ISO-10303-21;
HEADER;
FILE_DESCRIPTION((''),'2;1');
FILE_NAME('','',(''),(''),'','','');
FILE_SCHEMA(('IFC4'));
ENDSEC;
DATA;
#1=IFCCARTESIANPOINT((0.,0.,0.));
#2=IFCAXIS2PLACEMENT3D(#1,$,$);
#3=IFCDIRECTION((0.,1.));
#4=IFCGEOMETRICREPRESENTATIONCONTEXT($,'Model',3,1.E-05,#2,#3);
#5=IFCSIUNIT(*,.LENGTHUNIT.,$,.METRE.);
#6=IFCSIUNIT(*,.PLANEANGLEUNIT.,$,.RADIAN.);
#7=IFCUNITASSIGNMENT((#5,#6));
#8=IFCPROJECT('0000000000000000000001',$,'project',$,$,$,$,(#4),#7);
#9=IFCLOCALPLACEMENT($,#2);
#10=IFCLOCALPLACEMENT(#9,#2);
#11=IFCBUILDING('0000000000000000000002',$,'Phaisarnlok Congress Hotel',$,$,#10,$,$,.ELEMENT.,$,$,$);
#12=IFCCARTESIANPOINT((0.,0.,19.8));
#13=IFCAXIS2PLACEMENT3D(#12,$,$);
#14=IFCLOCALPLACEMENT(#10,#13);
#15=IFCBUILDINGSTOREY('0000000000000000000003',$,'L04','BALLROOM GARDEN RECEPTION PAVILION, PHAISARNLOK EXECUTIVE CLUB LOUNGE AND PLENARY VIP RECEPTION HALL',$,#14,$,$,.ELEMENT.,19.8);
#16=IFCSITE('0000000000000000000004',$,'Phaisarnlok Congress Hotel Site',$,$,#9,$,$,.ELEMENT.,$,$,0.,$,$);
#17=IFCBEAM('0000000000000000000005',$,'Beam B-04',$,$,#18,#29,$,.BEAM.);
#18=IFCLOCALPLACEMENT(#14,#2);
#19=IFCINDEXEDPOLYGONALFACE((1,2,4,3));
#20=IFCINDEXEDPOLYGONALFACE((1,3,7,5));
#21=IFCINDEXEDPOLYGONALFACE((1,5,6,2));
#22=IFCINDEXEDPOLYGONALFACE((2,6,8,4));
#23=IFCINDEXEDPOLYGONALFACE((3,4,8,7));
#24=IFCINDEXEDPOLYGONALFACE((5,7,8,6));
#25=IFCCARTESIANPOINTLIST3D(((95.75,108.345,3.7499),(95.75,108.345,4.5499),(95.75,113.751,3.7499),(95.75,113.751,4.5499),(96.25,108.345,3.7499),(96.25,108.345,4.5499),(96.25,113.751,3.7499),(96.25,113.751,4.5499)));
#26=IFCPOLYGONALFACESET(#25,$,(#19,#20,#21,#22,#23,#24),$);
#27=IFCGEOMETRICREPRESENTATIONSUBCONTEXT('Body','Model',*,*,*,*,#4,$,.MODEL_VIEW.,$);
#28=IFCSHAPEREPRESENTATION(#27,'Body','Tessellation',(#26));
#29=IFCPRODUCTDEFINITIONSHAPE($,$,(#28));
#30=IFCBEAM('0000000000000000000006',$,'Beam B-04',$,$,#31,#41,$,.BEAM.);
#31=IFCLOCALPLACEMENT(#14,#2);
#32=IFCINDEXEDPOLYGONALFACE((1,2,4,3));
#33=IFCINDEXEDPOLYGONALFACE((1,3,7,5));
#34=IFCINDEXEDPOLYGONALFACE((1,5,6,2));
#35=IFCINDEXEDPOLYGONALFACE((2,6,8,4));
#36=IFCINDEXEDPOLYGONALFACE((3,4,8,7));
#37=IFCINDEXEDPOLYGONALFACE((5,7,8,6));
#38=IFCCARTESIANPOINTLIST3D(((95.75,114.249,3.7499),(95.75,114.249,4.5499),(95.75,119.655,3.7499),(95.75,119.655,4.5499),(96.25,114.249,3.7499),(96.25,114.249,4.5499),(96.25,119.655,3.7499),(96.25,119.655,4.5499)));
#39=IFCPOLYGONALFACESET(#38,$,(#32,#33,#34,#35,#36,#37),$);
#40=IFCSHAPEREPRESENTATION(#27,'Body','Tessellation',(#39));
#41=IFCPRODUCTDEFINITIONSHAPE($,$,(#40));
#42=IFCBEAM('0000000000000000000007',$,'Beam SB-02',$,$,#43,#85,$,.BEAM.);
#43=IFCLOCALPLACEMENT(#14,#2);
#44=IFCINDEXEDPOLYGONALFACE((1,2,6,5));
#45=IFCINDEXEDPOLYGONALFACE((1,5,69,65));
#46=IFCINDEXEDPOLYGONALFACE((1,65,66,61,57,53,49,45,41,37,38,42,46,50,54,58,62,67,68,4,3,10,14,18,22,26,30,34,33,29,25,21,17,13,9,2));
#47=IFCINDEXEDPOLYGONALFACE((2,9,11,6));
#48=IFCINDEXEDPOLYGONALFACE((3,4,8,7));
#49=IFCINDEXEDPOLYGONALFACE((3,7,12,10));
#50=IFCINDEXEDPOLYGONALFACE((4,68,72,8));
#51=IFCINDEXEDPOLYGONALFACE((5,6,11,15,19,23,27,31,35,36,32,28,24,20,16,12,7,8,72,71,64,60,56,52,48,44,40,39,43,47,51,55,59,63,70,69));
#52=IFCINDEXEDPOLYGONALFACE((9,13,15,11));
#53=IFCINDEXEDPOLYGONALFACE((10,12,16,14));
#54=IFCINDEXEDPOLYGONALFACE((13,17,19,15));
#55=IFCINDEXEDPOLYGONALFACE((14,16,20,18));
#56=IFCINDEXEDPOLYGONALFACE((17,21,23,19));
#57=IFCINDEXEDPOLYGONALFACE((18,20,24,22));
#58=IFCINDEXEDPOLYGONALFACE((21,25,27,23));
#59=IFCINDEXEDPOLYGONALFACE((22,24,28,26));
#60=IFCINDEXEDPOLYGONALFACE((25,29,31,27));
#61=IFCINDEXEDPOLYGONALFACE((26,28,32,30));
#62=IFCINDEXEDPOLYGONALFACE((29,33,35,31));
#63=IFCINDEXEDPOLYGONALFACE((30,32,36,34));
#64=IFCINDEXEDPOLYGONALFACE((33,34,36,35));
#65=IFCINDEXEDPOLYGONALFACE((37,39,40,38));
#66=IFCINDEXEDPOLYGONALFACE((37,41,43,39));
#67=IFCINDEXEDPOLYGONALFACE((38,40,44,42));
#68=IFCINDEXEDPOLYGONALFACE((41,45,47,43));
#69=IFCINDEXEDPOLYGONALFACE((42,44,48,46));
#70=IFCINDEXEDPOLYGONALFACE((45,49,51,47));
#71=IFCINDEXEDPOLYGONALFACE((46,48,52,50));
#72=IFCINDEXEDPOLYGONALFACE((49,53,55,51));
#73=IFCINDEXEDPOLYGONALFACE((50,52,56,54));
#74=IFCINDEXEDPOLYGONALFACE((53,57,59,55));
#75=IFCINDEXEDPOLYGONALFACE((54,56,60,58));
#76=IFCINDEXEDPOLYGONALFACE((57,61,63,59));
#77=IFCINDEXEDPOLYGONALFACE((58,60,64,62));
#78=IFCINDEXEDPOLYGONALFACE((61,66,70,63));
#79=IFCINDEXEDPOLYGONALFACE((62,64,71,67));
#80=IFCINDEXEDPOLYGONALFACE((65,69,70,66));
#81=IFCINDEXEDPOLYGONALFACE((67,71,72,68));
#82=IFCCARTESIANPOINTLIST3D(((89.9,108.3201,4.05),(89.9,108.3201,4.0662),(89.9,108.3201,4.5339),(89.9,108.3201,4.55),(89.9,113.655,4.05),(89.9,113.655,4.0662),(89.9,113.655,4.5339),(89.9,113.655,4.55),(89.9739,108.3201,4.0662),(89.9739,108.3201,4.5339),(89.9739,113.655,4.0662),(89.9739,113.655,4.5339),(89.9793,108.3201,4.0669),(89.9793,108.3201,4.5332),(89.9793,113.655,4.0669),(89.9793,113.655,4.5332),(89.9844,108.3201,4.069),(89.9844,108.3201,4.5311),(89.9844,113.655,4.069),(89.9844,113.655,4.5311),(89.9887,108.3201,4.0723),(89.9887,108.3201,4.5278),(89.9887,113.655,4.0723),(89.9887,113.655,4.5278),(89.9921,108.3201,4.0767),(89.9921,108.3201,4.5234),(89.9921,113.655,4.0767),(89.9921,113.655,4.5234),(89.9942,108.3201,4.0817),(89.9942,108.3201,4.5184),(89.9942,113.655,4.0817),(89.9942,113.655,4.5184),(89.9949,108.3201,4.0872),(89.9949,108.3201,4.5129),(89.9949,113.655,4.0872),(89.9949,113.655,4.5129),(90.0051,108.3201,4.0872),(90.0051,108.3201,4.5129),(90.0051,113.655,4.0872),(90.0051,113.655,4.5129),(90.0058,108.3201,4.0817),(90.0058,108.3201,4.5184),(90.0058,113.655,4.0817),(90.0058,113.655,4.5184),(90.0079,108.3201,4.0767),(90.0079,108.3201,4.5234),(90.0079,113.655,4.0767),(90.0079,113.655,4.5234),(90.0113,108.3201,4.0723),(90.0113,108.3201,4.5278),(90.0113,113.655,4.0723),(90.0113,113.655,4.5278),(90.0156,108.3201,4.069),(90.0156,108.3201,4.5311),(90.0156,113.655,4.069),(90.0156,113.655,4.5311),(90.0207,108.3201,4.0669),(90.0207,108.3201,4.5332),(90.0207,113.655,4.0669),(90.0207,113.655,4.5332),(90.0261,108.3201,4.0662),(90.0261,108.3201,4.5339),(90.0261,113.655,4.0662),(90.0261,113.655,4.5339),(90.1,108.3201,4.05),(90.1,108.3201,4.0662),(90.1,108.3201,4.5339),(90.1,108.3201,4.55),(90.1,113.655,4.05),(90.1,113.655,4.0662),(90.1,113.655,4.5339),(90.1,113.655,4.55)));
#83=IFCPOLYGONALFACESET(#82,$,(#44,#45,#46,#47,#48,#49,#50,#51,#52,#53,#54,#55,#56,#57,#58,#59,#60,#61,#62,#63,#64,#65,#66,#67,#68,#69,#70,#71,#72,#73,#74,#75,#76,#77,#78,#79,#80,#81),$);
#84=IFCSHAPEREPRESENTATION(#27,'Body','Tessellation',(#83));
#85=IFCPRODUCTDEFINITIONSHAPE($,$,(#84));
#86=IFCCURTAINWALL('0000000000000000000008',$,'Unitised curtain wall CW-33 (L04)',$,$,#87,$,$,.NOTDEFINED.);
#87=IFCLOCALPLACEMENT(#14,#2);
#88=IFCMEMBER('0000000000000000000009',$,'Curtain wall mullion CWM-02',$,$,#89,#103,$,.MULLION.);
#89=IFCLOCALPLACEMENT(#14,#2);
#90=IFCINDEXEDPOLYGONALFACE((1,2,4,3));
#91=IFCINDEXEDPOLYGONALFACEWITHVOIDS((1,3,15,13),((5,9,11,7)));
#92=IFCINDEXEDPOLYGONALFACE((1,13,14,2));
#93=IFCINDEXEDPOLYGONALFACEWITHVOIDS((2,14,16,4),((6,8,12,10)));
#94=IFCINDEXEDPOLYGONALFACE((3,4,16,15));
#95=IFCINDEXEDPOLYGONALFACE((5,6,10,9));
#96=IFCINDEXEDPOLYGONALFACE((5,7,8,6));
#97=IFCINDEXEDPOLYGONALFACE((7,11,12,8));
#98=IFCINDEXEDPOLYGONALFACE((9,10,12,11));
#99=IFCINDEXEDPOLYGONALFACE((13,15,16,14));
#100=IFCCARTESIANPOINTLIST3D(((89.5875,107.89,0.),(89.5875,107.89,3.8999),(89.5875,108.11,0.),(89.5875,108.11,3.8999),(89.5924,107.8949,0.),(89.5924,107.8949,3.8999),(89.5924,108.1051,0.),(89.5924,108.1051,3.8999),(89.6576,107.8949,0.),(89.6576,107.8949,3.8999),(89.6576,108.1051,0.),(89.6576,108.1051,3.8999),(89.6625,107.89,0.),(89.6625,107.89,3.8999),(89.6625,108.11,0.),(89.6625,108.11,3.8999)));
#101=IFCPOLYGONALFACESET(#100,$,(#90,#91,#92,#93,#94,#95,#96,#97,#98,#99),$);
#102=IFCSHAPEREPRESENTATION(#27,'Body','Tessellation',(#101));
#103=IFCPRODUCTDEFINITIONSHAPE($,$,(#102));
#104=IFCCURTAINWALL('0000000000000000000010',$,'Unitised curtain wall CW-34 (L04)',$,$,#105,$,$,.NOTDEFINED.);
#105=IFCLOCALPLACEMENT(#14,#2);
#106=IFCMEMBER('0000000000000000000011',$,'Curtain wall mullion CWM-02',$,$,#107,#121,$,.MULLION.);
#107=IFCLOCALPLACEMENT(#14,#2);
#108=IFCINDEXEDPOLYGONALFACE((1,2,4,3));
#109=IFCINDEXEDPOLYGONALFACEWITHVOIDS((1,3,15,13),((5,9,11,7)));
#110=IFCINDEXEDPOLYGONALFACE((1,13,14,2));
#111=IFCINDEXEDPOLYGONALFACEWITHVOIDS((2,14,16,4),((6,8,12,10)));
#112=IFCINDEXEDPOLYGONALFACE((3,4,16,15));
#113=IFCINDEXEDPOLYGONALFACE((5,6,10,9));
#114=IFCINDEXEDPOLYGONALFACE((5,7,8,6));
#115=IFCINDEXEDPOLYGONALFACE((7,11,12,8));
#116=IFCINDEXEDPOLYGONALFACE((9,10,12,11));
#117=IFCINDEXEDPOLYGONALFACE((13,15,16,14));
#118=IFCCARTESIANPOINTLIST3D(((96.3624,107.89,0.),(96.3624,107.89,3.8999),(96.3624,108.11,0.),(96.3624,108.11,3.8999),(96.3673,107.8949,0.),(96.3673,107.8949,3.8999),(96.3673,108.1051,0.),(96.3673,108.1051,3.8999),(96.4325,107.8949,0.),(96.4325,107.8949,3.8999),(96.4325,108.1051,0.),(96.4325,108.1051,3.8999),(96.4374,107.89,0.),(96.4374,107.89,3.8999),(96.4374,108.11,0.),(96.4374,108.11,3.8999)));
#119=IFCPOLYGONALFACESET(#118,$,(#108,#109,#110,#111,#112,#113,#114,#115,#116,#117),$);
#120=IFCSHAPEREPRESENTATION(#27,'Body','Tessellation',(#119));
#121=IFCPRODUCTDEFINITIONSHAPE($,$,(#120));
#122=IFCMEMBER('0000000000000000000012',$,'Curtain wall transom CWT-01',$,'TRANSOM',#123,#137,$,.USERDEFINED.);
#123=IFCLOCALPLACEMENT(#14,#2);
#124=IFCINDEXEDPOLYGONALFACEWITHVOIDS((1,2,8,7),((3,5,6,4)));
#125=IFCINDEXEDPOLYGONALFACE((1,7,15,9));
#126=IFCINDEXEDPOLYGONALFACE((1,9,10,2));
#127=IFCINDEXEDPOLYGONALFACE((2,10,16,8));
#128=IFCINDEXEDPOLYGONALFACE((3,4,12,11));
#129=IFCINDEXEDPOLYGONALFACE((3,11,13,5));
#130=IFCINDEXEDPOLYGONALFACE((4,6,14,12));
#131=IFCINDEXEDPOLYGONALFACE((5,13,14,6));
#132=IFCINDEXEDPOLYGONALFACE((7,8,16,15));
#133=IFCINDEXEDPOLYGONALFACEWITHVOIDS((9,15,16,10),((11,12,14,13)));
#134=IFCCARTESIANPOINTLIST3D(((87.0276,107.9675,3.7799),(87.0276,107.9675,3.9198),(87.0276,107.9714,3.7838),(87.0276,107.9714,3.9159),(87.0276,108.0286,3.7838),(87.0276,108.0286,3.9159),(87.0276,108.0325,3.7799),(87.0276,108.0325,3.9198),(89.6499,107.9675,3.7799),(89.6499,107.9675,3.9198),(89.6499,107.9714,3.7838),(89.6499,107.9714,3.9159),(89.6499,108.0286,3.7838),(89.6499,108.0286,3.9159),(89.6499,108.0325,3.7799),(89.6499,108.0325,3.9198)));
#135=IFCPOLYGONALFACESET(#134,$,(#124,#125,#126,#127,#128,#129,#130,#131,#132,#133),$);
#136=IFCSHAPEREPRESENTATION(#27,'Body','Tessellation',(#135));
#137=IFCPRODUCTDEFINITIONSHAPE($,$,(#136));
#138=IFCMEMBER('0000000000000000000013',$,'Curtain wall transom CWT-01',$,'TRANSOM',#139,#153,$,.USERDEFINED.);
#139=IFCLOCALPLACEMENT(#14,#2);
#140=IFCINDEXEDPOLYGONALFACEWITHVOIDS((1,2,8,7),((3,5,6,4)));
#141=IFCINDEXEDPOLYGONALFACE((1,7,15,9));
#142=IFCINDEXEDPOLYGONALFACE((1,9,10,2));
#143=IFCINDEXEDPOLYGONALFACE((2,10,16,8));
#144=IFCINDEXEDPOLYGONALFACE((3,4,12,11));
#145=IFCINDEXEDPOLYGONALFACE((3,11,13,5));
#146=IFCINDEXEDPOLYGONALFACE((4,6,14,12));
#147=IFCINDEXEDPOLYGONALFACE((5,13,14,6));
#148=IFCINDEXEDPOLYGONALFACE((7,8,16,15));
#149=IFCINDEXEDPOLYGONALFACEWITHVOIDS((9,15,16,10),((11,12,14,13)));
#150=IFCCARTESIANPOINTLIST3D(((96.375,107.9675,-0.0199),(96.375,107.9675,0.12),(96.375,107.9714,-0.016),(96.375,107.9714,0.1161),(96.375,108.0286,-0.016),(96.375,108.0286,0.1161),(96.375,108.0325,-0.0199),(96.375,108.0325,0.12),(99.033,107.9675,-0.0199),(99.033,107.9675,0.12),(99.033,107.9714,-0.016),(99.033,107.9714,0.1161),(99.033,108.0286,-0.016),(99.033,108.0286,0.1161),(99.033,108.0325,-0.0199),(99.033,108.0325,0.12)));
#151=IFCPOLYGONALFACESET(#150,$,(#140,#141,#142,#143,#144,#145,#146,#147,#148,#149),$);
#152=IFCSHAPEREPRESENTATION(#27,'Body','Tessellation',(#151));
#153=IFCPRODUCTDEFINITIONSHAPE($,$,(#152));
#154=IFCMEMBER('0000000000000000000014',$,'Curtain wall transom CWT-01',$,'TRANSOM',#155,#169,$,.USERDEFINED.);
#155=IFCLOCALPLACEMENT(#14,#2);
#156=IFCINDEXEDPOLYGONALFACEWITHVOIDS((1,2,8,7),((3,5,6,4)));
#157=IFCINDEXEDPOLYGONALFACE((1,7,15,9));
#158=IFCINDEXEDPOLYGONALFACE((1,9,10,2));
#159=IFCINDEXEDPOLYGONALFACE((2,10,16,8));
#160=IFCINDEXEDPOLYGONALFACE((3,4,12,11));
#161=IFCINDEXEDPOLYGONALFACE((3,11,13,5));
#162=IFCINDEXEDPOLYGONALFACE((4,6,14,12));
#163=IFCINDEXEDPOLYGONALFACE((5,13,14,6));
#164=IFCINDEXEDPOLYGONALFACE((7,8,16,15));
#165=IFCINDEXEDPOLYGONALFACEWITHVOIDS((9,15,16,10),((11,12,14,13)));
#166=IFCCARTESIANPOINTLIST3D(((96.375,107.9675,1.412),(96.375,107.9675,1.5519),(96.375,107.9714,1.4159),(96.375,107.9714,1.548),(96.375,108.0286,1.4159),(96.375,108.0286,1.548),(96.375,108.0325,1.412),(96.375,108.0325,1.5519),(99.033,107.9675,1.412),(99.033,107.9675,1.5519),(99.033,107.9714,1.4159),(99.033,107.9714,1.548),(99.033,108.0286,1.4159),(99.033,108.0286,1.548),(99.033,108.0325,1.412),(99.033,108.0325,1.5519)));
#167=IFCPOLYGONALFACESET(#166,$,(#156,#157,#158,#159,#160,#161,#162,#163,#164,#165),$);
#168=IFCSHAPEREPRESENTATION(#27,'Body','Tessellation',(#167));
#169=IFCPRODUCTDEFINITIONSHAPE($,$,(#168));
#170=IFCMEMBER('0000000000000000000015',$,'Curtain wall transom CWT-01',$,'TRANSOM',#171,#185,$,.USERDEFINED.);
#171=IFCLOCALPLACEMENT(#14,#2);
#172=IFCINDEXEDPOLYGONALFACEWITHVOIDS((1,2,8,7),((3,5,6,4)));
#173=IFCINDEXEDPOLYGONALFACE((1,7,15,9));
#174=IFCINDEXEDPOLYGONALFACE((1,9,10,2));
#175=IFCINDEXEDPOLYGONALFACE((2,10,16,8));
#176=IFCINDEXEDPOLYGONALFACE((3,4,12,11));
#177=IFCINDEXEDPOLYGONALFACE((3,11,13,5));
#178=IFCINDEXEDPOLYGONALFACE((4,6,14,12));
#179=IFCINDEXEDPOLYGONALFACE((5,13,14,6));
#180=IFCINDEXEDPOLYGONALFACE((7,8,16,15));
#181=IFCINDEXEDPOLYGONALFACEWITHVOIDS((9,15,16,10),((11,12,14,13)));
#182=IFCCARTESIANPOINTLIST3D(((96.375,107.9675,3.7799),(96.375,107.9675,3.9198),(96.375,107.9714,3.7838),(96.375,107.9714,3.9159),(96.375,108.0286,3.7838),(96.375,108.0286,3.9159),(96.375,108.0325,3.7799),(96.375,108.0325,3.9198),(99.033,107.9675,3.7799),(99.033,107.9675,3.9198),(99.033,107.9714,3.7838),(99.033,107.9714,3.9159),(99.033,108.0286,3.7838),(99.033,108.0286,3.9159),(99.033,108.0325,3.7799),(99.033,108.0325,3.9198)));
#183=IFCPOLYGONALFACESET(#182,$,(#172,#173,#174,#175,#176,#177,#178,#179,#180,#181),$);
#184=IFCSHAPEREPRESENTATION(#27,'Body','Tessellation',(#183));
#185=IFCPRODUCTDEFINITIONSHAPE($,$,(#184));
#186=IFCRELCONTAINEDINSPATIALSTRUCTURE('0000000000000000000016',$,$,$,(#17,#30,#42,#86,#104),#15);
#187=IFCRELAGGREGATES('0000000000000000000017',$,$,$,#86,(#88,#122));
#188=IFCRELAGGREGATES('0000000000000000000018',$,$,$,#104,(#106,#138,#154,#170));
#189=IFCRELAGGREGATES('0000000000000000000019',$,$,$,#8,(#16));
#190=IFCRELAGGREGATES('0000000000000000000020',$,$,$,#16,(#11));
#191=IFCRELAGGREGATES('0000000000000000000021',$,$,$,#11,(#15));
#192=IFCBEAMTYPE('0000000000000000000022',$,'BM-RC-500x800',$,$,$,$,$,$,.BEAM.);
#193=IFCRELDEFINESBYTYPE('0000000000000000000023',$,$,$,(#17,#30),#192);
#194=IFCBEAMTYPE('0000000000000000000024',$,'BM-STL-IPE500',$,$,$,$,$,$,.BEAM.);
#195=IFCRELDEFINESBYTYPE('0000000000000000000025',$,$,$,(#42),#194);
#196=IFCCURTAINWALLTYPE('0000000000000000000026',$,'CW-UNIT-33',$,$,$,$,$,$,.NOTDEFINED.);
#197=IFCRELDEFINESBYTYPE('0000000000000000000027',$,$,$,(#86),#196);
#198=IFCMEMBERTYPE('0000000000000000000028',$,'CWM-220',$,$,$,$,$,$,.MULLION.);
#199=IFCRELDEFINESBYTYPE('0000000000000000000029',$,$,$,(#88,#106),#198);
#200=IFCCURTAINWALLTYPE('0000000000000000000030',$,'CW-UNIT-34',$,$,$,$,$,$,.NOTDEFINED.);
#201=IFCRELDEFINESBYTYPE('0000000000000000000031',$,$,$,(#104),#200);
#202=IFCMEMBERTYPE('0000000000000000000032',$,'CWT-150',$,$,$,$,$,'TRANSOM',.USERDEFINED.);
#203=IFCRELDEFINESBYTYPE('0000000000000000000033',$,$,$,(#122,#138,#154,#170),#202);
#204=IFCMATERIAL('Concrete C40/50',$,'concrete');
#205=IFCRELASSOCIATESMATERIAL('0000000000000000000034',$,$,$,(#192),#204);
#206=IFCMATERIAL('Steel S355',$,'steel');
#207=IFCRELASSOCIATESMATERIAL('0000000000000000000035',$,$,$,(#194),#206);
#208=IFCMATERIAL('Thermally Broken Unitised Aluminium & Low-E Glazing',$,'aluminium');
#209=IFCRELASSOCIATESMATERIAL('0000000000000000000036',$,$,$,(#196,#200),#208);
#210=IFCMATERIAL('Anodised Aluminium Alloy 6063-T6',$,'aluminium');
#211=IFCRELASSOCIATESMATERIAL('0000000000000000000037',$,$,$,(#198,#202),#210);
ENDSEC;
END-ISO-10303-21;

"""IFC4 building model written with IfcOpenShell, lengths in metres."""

from ifc_helpers import new_model, si_unit, direction, frame, origin, origin_2d, place, context, subcontext, project, spatial, rectangle, hollow_rectangle, i_section, extrude, material, material_profile, profile_set, type_object, element, aggregate, save


model = new_model("IFC4")

# Units and contexts
model_context = context("Model", 3, precision=1e-05, world=origin(), true_north=direction((0.0, 1.0)))
body_context = subcontext(model_context, "Body", "Model", "MODEL_VIEW")
ifc_project = project(units=[si_unit("LENGTHUNIT", "METRE"), si_unit("PLANEANGLEUNIT", "RADIAN")], contexts=[model_context])

# Site, building, storey
site_placement = place(None, origin())
site = spatial("IfcSite", under=ifc_project, at=site_placement, Name="Phaisarnlok Congress Hotel Site", CompositionType="ELEMENT", RefElevation=0.0)
building_placement = place(site_placement, origin())
building = spatial("IfcBuilding", under=site, at=building_placement, Name="Phaisarnlok Congress Hotel", CompositionType="ELEMENT")
storey_placement = place(building_placement, frame((0.0, 0.0, 19.8)))
storey = spatial("IfcBuildingStorey", under=building, at=storey_placement, Name="L04", Description="BALLROOM GARDEN RECEPTION PAVILION, PHAISARNLOK EXECUTIVE CLUB LOUNGE AND PLENARY VIP RECEPTION HALL", CompositionType="ELEMENT", Elevation=19.8)

# Shared definitions
ifc_material_1 = material(Name="Steel S355", Category="steel")

# Beams
ifc_material_2 = material(Name="Concrete C40/50", Category="concrete")
ifc_material_profile_1 = material_profile(ifc_material_2, rectangle(XDim=0.5, YDim=0.8, at=origin_2d()), Name="RC 500x800")
ifc_profile_set_1 = profile_set([ifc_material_profile_1], Name="Concrete C40/50")
beam_type_1 = type_object("IfcBeamType", Name="BM-RC-500x800", PredefinedType="BEAM", material=ifc_profile_set_1)
for number, where, z_axis, x_axis, name in (
    (1, (96.0, 108.345, 4.1499), (0.0, 1.0, 0.0), (-1.0, 0.0, 0.0), "Beam B-04"),
    (2, (96.0, 114.249, 4.1499), (0.0, 1.0, 0.0), (-1.0, 0.0, 0.0), "Beam B-04"),
):
    element("IfcBeam", number, at=place(storey_placement, frame(where, z_axis=z_axis, x_axis=x_axis)), inside=storey, type_object=beam_type_1, Name=name, PredefinedType="BEAM", context=body_context, shape_type="SweptSolid", body=[
        extrude(rectangle(XDim=0.5, YDim=0.8, at=origin_2d()), origin(), (0.0, 0.0, 1.0), 5.406),
    ])
ifc_material_profile_2 = material_profile(ifc_material_1, i_section(OverallWidth=0.2, OverallDepth=0.5, WebThickness=0.0103, FlangeThickness=0.0161, FilletRadius=0.021, at=origin_2d()), Name="IPE 500")
ifc_profile_set_2 = profile_set([ifc_material_profile_2], Name="Steel S355")
beam_type_2 = type_object("IfcBeamType", Name="BM-STL-IPE500", PredefinedType="BEAM", material=ifc_profile_set_2)
beam_1_placement = place(storey_placement, frame((90.0, 108.3201, 4.3), z_axis=(0.0, 1.0, 0.0), x_axis=(-1.0, 0.0, 0.0)))
element("IfcBeam", 3, at=beam_1_placement, inside=storey, type_object=beam_type_2, Name="Beam SB-02", PredefinedType="BEAM", context=body_context, shape_type="SweptSolid", body=[
    extrude(i_section(OverallWidth=0.2, OverallDepth=0.5, WebThickness=0.0103, FlangeThickness=0.0161, FilletRadius=0.021, at=origin_2d()), origin(), (0.0, 0.0, 1.0), 5.335),
])

# Curtain walls, members
ifc_material_3 = material(Name="Thermally Broken Unitised Aluminium & Low-E Glazing", Category="aluminium")
curtain_wall_type_1 = type_object("IfcCurtainWallType", Name="CW-UNIT-33", PredefinedType="NOTDEFINED", material=ifc_material_3)
curtain_wall_1_placement = place(storey_placement, origin())
curtain_wall_1 = element("IfcCurtainWall", 4, at=curtain_wall_1_placement, inside=storey, type_object=curtain_wall_type_1, Name="Unitised curtain wall CW-33 (L04)", PredefinedType="NOTDEFINED")
ifc_material_4 = material(Name="Anodised Aluminium Alloy 6063-T6", Category="aluminium")
ifc_material_profile_3 = material_profile(ifc_material_4, hollow_rectangle(XDim=0.075, YDim=0.22, WallThickness=0.0049, at=origin_2d()), Name="ALU-M 75x220x5")
ifc_profile_set_3 = profile_set([ifc_material_profile_3], Name="Anodised Aluminium Alloy 6063-T6")
member_type_1 = type_object("IfcMemberType", Name="CWM-220", PredefinedType="MULLION", material=ifc_profile_set_3)
member_1_placement = place(storey_placement, frame((89.625, 108.0, 0.0), z_axis=(0.0, 0.0, 1.0), x_axis=(1.0, 0.0, 0.0)))
member_1 = element("IfcMember", 5, at=member_1_placement, type_object=member_type_1, Name="Curtain wall mullion CWM-02", PredefinedType="MULLION", context=body_context, shape_type="SweptSolid", body=[
    extrude(hollow_rectangle(XDim=0.075, YDim=0.22, WallThickness=0.0049, at=origin_2d()), origin(), (0.0, 0.0, 1.0), 3.8999),
])
curtain_wall_type_2 = type_object("IfcCurtainWallType", Name="CW-UNIT-34", PredefinedType="NOTDEFINED", material=ifc_material_3)
curtain_wall_2_placement = place(storey_placement, origin())
curtain_wall_2 = element("IfcCurtainWall", 6, at=curtain_wall_2_placement, inside=storey, type_object=curtain_wall_type_2, Name="Unitised curtain wall CW-34 (L04)", PredefinedType="NOTDEFINED")
member_2_placement = place(storey_placement, frame((96.3999, 108.0, 0.0), z_axis=(0.0, 0.0, 1.0), x_axis=(1.0, 0.0, 0.0)))
member_2 = element("IfcMember", 7, at=member_2_placement, type_object=member_type_1, Name="Curtain wall mullion CWM-02", PredefinedType="MULLION", context=body_context, shape_type="SweptSolid", body=[
    extrude(hollow_rectangle(XDim=0.075, YDim=0.22, WallThickness=0.0049, at=origin_2d()), origin(), (0.0, 0.0, 1.0), 3.8999),
])

# Members
ifc_material_profile_4 = material_profile(ifc_material_4, hollow_rectangle(XDim=0.0649, YDim=0.1399, WallThickness=0.0039, at=origin_2d()), Name="ALU-T 65x140x4")
ifc_profile_set_4 = profile_set([ifc_material_profile_4], Name="Anodised Aluminium Alloy 6063-T6")
member_type_2 = type_object("IfcMemberType", Name="CWT-150", ElementType="TRANSOM", PredefinedType="USERDEFINED", material=ifc_profile_set_4)
member_3_placement = place(storey_placement, frame((87.0276, 108.0, 3.8499), z_axis=(1.0, 0.0, 0.0), x_axis=(0.0, 1.0, 0.0)))
member_3 = element("IfcMember", 8, at=member_3_placement, type_object=member_type_2, Name="Curtain wall transom CWT-01", ObjectType="TRANSOM", PredefinedType="USERDEFINED", context=body_context, shape_type="SweptSolid", body=[
    extrude(hollow_rectangle(XDim=0.0649, YDim=0.1399, WallThickness=0.0039, at=origin_2d()), origin(), (0.0, 0.0, 1.0), 2.6223),
])
member_4_placement = place(storey_placement, frame((96.375, 108.0, 0.05), z_axis=(1.0, 0.0, 0.0), x_axis=(0.0, 1.0, 0.0)))
member_4 = element("IfcMember", 9, at=member_4_placement, type_object=member_type_2, Name="Curtain wall transom CWT-01", ObjectType="TRANSOM", PredefinedType="USERDEFINED", context=body_context, shape_type="SweptSolid", body=[
    extrude(hollow_rectangle(XDim=0.0649, YDim=0.1399, WallThickness=0.0039, at=origin_2d()), origin(), (0.0, 0.0, 1.0), 2.658),
])
member_5_placement = place(storey_placement, frame((96.375, 108.0, 1.4819), z_axis=(1.0, 0.0, 0.0), x_axis=(0.0, 1.0, 0.0)))
member_5 = element("IfcMember", 10, at=member_5_placement, type_object=member_type_2, Name="Curtain wall transom CWT-01", ObjectType="TRANSOM", PredefinedType="USERDEFINED", context=body_context, shape_type="SweptSolid", body=[
    extrude(hollow_rectangle(XDim=0.0649, YDim=0.1399, WallThickness=0.0039, at=origin_2d()), origin(), (0.0, 0.0, 1.0), 2.658),
])
member_6_placement = place(storey_placement, frame((96.375, 108.0, 3.8499), z_axis=(1.0, 0.0, 0.0), x_axis=(0.0, 1.0, 0.0)))
member_6 = element("IfcMember", 11, at=member_6_placement, type_object=member_type_2, Name="Curtain wall transom CWT-01", ObjectType="TRANSOM", PredefinedType="USERDEFINED", context=body_context, shape_type="SweptSolid", body=[
    extrude(hollow_rectangle(XDim=0.0649, YDim=0.1399, WallThickness=0.0039, at=origin_2d()), origin(), (0.0, 0.0, 1.0), 2.658),
])

aggregate(curtain_wall_1, [member_1, member_3])
aggregate(curtain_wall_2, [member_2, member_4, member_5, member_6])

save(model, "model.ifc")
